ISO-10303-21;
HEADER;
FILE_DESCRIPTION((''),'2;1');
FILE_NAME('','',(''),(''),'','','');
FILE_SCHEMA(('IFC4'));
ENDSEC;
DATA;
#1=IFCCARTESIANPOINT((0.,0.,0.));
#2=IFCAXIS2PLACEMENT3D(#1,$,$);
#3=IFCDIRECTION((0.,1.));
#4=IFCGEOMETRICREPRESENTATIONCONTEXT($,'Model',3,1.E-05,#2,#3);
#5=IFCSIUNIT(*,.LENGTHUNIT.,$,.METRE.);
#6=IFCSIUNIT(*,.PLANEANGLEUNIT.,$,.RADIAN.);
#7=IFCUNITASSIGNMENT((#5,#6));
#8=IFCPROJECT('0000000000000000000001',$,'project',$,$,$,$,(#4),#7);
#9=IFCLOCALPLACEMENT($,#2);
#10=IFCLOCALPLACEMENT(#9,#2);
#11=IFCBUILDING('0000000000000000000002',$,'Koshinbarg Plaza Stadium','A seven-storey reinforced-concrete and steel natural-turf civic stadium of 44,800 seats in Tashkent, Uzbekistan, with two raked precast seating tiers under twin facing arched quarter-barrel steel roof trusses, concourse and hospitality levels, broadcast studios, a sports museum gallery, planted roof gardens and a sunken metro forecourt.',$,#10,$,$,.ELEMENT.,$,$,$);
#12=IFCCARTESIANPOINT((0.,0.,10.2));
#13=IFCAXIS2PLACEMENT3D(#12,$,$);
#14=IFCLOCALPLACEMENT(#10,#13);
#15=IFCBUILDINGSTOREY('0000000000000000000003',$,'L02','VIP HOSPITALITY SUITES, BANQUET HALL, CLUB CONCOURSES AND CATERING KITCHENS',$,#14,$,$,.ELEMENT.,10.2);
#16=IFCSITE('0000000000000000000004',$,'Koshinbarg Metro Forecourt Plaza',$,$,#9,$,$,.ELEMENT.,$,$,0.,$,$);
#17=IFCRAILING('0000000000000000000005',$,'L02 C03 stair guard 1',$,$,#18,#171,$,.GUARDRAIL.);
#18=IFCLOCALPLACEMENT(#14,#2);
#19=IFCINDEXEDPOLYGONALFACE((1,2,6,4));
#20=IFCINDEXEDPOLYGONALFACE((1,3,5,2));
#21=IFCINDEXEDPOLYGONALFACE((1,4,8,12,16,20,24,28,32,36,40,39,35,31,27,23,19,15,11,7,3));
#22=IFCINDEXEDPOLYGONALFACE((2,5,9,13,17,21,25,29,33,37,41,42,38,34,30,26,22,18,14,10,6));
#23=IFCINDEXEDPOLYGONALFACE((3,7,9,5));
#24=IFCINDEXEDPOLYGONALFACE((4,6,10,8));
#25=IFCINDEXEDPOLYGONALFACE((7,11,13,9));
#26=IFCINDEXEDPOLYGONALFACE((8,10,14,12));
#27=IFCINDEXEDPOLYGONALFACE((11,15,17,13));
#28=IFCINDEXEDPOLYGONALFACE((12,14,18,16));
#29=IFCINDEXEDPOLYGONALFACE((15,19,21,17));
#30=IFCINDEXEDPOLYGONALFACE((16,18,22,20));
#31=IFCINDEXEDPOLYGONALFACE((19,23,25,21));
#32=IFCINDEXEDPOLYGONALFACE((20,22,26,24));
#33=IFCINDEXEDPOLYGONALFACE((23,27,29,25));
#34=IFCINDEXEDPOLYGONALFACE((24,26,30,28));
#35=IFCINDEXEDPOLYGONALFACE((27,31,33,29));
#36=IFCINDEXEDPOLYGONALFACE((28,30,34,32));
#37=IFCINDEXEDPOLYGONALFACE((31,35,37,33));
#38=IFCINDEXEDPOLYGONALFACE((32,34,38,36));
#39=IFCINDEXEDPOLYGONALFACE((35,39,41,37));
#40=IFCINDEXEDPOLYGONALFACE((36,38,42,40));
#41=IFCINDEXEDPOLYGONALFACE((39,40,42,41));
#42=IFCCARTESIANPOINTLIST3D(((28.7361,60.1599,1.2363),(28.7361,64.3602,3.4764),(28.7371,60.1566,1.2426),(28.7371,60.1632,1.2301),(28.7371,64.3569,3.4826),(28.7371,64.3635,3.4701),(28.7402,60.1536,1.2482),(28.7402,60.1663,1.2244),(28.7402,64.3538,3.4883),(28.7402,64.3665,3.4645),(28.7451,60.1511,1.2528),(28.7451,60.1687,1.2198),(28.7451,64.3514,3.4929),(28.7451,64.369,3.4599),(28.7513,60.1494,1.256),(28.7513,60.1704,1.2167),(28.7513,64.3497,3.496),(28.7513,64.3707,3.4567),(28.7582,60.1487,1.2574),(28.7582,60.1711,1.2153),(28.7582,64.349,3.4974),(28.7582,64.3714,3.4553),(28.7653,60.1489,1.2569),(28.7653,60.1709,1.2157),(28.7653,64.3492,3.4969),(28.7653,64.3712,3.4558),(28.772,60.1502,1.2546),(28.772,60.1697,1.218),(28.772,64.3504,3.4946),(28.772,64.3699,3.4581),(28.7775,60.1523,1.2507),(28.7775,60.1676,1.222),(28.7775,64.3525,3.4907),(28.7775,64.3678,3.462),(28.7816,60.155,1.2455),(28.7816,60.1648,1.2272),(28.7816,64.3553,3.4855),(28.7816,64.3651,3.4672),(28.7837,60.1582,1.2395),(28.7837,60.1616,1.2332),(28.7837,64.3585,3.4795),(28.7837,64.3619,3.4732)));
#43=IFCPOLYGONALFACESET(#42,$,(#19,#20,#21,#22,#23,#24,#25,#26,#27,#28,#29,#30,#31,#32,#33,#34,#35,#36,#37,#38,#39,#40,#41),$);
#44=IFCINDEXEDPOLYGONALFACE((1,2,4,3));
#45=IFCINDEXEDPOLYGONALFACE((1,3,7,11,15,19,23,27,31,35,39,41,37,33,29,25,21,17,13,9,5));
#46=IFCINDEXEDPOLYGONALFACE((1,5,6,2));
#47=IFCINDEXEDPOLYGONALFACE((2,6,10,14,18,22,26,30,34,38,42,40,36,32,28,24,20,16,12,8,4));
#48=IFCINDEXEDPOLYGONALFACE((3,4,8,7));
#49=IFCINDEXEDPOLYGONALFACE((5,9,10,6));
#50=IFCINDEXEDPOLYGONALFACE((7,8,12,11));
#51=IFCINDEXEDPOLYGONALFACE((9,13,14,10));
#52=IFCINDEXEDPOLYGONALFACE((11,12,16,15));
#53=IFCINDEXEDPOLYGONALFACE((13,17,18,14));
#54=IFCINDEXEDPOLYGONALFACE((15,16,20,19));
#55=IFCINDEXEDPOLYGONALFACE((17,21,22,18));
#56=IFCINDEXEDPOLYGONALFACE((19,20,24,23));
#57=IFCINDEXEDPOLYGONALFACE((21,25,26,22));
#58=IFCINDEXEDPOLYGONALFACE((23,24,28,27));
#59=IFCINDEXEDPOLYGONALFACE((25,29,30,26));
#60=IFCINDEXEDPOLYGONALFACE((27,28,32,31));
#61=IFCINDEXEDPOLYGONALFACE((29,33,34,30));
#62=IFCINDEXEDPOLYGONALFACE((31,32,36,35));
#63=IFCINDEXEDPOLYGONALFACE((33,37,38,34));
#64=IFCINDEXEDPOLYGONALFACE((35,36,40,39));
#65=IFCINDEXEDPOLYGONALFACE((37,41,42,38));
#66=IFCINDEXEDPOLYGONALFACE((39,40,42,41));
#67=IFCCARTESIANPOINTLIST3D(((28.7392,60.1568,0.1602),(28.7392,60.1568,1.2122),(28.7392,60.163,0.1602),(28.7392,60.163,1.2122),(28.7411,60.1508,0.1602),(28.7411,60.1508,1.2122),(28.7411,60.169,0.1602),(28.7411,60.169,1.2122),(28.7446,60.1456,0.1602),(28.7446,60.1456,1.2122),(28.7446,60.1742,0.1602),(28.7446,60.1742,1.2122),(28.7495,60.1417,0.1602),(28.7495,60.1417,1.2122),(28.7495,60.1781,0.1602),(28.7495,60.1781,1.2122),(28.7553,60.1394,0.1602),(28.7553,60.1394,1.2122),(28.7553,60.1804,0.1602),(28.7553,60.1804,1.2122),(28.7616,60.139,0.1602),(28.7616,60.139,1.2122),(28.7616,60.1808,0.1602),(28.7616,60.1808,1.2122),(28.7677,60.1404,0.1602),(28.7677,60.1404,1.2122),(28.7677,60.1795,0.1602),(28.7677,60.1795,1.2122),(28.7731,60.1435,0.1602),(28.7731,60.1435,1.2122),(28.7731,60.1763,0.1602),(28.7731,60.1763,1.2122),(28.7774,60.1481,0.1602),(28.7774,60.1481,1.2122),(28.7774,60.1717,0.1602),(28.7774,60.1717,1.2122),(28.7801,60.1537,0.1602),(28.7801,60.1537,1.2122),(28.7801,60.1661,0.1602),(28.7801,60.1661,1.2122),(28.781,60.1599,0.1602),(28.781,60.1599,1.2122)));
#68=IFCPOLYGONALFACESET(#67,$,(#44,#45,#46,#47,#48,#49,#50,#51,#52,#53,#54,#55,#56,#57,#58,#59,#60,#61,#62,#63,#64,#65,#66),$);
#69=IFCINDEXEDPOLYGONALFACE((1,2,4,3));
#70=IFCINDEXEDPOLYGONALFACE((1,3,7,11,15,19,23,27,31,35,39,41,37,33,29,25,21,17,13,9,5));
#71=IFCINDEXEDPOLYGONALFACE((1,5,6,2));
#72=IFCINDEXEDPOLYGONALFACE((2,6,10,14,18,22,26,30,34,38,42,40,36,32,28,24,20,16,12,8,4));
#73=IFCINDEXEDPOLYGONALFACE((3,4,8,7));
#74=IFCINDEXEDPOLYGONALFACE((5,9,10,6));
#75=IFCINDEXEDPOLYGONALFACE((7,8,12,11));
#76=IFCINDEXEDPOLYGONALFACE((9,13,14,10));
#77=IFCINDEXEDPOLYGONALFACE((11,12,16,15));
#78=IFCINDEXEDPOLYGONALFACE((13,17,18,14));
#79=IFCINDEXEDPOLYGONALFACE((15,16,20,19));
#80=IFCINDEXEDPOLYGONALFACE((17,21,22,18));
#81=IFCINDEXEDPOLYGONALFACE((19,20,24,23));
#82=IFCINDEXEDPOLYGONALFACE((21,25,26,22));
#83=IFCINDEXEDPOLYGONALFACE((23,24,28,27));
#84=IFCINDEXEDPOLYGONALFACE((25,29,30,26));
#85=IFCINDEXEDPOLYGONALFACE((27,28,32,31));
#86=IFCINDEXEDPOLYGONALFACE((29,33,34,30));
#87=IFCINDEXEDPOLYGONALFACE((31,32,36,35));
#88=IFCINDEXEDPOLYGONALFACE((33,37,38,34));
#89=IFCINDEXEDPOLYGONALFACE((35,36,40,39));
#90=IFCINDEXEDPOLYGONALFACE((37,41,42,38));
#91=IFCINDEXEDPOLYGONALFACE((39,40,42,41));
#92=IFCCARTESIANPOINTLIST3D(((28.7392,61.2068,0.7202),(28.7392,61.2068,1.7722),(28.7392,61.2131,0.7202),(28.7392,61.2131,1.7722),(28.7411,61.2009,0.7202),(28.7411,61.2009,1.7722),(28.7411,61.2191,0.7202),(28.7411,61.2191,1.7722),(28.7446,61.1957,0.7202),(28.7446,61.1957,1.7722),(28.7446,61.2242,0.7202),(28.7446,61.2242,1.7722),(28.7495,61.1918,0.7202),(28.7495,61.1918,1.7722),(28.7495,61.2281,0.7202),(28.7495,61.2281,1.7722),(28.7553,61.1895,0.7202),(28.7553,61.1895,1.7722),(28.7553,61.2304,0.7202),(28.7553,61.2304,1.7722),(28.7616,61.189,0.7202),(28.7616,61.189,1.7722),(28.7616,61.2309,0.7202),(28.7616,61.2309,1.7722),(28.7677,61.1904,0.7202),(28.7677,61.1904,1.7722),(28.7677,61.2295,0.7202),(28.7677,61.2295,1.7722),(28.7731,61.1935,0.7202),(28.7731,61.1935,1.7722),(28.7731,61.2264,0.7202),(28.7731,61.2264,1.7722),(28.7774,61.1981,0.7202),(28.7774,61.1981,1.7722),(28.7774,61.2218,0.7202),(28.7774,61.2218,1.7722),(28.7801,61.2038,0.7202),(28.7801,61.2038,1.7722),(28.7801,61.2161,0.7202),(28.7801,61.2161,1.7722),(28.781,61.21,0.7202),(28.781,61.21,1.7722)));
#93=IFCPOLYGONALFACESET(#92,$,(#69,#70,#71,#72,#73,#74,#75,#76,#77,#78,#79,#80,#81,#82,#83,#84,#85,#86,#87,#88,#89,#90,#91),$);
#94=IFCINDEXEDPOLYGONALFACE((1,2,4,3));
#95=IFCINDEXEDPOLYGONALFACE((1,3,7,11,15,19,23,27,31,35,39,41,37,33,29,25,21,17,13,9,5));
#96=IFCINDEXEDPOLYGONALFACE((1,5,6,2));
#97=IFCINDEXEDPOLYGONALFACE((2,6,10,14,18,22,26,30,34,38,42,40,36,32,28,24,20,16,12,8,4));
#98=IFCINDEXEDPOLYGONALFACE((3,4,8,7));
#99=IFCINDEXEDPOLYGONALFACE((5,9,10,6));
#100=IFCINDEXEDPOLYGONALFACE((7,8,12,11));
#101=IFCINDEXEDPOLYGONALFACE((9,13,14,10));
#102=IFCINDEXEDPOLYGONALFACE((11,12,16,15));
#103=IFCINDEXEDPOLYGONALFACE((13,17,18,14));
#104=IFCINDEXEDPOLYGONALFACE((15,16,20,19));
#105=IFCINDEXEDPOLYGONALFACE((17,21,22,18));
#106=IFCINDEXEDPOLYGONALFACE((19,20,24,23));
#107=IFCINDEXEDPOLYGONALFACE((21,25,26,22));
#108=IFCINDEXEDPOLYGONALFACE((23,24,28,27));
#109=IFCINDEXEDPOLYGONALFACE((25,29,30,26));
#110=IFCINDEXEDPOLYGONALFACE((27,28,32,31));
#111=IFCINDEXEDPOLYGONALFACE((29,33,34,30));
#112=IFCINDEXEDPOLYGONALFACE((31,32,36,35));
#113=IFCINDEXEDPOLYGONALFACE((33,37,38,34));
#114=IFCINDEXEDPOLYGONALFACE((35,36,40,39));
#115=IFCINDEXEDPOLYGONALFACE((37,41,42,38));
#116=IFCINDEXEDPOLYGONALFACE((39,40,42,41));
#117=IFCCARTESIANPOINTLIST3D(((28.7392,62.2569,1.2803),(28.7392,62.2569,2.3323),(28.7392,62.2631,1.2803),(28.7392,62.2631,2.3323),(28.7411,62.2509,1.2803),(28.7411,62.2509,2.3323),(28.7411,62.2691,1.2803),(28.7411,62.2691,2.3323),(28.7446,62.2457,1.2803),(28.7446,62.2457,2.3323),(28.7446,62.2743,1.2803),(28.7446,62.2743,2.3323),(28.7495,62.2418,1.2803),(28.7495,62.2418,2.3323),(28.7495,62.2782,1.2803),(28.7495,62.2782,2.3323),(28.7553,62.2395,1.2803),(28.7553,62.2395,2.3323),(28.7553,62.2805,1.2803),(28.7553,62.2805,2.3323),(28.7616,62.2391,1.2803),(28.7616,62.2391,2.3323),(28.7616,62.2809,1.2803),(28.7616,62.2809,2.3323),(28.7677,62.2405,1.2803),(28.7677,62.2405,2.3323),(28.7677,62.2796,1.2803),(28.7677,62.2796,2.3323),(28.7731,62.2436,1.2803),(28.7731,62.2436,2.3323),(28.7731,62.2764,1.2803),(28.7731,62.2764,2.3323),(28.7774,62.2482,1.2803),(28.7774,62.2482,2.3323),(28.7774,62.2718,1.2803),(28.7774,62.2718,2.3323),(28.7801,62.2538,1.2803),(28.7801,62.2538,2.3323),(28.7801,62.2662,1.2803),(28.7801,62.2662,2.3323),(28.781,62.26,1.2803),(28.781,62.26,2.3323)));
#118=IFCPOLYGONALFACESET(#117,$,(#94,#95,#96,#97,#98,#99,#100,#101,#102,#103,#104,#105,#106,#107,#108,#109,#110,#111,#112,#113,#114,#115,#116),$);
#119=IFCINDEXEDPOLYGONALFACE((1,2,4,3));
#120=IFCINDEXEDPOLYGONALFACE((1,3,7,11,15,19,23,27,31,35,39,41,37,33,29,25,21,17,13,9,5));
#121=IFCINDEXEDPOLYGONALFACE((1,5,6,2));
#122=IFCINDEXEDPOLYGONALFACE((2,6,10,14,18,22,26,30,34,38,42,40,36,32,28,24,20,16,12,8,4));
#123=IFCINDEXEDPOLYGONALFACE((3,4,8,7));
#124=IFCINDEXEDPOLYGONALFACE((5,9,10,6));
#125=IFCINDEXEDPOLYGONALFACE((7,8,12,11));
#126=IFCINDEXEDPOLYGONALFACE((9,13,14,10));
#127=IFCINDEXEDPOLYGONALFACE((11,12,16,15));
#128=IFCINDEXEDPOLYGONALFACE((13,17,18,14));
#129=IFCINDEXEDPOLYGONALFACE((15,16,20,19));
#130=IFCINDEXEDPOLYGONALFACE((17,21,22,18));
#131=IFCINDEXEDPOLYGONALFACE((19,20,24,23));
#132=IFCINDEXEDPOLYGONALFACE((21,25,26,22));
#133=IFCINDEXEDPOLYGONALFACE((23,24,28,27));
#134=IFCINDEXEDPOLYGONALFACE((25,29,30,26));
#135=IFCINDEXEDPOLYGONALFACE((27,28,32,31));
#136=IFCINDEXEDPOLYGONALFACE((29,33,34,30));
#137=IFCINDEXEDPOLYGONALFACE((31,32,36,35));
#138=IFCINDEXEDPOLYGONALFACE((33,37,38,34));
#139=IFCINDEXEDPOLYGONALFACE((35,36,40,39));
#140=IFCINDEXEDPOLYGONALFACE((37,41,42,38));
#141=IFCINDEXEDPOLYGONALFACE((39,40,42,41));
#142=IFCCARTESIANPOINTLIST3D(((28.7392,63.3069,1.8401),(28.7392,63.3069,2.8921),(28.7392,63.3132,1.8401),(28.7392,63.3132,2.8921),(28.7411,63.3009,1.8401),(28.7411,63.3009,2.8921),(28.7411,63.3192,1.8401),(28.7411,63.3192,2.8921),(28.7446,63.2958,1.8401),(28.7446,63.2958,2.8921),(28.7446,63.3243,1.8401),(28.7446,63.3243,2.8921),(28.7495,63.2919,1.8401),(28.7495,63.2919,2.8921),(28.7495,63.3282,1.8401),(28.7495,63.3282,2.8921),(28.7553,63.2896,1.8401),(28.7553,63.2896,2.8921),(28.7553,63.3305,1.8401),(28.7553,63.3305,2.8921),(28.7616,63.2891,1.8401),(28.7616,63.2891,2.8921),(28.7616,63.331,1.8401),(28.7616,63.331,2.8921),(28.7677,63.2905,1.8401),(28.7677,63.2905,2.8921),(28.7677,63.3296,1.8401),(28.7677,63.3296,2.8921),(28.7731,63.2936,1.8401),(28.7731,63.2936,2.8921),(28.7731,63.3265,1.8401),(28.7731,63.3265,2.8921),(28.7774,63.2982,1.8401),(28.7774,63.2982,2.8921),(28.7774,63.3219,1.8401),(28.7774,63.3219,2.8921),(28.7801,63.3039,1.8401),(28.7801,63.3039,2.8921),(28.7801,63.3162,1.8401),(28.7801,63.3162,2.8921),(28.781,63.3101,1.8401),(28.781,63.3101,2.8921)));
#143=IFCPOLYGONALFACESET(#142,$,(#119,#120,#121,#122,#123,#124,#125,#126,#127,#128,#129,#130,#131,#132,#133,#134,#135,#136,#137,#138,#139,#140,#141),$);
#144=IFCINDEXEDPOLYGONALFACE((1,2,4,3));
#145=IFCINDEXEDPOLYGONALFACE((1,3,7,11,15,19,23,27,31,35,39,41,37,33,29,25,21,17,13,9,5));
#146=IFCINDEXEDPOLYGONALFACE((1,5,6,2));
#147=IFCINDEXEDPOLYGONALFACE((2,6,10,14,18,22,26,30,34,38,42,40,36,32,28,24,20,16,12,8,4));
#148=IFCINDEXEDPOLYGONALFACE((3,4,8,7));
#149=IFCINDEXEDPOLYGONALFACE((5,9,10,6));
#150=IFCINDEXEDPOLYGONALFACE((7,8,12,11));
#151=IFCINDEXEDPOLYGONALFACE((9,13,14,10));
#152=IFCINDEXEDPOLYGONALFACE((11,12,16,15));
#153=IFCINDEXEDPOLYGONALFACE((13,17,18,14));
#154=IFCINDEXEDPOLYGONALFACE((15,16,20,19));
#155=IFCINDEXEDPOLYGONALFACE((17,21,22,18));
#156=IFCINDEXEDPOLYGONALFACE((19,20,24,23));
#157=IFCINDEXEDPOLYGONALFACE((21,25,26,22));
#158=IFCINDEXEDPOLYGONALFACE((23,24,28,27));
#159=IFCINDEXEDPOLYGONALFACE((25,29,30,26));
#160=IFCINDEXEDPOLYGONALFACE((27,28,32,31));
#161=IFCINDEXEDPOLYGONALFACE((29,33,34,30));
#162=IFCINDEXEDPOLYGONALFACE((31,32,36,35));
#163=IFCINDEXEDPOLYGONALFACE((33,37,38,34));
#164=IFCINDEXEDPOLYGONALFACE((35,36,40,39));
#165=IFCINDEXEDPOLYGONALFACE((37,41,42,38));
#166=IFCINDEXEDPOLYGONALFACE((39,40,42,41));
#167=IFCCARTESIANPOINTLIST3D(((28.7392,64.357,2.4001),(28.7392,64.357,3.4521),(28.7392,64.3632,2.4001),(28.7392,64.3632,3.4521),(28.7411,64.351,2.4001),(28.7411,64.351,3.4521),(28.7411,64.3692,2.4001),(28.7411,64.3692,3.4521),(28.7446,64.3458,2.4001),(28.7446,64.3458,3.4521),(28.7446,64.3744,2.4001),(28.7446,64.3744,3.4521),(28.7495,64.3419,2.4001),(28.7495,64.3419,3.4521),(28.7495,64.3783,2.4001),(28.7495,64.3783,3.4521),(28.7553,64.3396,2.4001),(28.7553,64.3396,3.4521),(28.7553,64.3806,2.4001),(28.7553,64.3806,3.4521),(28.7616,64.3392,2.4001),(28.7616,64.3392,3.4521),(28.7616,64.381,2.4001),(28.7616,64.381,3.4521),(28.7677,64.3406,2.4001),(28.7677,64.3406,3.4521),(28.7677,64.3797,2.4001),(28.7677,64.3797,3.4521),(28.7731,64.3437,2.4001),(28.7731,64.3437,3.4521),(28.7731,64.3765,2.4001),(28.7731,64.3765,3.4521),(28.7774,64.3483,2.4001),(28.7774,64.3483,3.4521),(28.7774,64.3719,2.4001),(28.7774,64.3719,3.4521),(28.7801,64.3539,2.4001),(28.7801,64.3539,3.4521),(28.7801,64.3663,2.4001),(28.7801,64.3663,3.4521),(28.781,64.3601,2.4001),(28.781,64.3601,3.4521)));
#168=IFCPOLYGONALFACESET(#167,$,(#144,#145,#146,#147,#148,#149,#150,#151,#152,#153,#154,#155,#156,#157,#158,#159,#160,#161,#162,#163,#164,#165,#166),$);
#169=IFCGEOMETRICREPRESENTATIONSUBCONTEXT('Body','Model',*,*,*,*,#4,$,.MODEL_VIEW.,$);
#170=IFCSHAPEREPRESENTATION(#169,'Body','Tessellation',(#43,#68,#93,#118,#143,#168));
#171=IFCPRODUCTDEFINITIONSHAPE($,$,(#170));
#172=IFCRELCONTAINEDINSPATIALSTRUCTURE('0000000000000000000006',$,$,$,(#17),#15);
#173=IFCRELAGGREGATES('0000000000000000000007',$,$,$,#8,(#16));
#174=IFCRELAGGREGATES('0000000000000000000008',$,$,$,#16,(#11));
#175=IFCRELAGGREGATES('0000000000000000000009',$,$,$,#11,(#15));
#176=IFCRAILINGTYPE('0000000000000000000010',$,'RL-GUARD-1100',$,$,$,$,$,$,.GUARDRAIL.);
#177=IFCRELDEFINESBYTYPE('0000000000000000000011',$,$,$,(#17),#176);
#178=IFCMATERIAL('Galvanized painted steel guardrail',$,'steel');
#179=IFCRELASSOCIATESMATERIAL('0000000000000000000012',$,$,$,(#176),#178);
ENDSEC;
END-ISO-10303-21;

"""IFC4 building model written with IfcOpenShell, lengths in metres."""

from ifc_helpers import new_model, si_unit, direction, frame, origin, origin_2d, place, context, subcontext, project, spatial, circle, extrude, material, type_object, element, save


model = new_model("IFC4")

# Units and contexts
model_context = context("Model", 3, precision=1e-05, world=origin(), true_north=direction((0.0, 1.0)))
body_context = subcontext(model_context, "Body", "Model", "MODEL_VIEW")
ifc_project = project(units=[si_unit("LENGTHUNIT", "METRE"), si_unit("PLANEANGLEUNIT", "RADIAN")], contexts=[model_context])

# Site, building, storey
site_placement = place(None, origin())
site = spatial("IfcSite", under=ifc_project, at=site_placement, Name="Koshinbarg Metro Forecourt Plaza", CompositionType="ELEMENT", RefElevation=0.0)
building_placement = place(site_placement, origin())
building = spatial("IfcBuilding", under=site, at=building_placement, Name="Koshinbarg Plaza Stadium", Description="A seven-storey reinforced-concrete and steel natural-turf civic stadium of 44,800 seats in Tashkent, Uzbekistan, with two raked precast seating tiers under twin facing arched quarter-barrel steel roof trusses, concourse and hospitality levels, broadcast studios, a sports museum gallery, planted roof gardens and a sunken metro forecourt.", CompositionType="ELEMENT")
storey_placement = place(building_placement, frame((0.0, 0.0, 10.2)))
storey = spatial("IfcBuildingStorey", under=building, at=storey_placement, Name="L02", Description="VIP HOSPITALITY SUITES, BANQUET HALL, CLUB CONCOURSES AND CATERING KITCHENS", CompositionType="ELEMENT", Elevation=10.2)

# Railing
ifc_material_1 = material(Name="Galvanized painted steel guardrail", Category="steel")
railing_type_1 = type_object("IfcRailingType", Name="RL-GUARD-1100", PredefinedType="GUARDRAIL", material=ifc_material_1)
railing_1_placement = place(storey_placement, frame((28.76, 60.1599, 0.1602)))
element("IfcRailing", 1, at=railing_1_placement, inside=storey, type_object=railing_type_1, Name="L02 C03 stair guard 1", PredefinedType="GUARDRAIL", context=body_context, shape_type="SweptSolid", body=[
    extrude(circle(Radius=0.0239, at=origin_2d()), frame((0.0, 0.0, 1.0762), z_axis=(0.0, 0.882363, 0.47057), x_axis=(-1.0, 0.0, 0.0)), (0.0, 0.0, 1.0), 4.7603),
    extrude(circle(Radius=0.021, at=origin_2d()), origin(), (0.0, 0.0, 1.0), 1.052),
    extrude(circle(Radius=0.021, at=origin_2d()), frame((0.0, 1.05, 0.5601)), (0.0, 0.0, 1.0), 1.052),
    extrude(circle(Radius=0.021, at=origin_2d()), frame((0.0, 2.1001, 1.1201)), (0.0, 0.0, 1.0), 1.052),
    extrude(circle(Radius=0.021, at=origin_2d()), frame((0.0, 3.1501, 1.6799)), (0.0, 0.0, 1.0), 1.052),
    extrude(circle(Radius=0.021, at=origin_2d()), frame((0.0, 4.2002, 2.24)), (0.0, 0.0, 1.0), 1.052),
])

save(model, "model.ifc")
